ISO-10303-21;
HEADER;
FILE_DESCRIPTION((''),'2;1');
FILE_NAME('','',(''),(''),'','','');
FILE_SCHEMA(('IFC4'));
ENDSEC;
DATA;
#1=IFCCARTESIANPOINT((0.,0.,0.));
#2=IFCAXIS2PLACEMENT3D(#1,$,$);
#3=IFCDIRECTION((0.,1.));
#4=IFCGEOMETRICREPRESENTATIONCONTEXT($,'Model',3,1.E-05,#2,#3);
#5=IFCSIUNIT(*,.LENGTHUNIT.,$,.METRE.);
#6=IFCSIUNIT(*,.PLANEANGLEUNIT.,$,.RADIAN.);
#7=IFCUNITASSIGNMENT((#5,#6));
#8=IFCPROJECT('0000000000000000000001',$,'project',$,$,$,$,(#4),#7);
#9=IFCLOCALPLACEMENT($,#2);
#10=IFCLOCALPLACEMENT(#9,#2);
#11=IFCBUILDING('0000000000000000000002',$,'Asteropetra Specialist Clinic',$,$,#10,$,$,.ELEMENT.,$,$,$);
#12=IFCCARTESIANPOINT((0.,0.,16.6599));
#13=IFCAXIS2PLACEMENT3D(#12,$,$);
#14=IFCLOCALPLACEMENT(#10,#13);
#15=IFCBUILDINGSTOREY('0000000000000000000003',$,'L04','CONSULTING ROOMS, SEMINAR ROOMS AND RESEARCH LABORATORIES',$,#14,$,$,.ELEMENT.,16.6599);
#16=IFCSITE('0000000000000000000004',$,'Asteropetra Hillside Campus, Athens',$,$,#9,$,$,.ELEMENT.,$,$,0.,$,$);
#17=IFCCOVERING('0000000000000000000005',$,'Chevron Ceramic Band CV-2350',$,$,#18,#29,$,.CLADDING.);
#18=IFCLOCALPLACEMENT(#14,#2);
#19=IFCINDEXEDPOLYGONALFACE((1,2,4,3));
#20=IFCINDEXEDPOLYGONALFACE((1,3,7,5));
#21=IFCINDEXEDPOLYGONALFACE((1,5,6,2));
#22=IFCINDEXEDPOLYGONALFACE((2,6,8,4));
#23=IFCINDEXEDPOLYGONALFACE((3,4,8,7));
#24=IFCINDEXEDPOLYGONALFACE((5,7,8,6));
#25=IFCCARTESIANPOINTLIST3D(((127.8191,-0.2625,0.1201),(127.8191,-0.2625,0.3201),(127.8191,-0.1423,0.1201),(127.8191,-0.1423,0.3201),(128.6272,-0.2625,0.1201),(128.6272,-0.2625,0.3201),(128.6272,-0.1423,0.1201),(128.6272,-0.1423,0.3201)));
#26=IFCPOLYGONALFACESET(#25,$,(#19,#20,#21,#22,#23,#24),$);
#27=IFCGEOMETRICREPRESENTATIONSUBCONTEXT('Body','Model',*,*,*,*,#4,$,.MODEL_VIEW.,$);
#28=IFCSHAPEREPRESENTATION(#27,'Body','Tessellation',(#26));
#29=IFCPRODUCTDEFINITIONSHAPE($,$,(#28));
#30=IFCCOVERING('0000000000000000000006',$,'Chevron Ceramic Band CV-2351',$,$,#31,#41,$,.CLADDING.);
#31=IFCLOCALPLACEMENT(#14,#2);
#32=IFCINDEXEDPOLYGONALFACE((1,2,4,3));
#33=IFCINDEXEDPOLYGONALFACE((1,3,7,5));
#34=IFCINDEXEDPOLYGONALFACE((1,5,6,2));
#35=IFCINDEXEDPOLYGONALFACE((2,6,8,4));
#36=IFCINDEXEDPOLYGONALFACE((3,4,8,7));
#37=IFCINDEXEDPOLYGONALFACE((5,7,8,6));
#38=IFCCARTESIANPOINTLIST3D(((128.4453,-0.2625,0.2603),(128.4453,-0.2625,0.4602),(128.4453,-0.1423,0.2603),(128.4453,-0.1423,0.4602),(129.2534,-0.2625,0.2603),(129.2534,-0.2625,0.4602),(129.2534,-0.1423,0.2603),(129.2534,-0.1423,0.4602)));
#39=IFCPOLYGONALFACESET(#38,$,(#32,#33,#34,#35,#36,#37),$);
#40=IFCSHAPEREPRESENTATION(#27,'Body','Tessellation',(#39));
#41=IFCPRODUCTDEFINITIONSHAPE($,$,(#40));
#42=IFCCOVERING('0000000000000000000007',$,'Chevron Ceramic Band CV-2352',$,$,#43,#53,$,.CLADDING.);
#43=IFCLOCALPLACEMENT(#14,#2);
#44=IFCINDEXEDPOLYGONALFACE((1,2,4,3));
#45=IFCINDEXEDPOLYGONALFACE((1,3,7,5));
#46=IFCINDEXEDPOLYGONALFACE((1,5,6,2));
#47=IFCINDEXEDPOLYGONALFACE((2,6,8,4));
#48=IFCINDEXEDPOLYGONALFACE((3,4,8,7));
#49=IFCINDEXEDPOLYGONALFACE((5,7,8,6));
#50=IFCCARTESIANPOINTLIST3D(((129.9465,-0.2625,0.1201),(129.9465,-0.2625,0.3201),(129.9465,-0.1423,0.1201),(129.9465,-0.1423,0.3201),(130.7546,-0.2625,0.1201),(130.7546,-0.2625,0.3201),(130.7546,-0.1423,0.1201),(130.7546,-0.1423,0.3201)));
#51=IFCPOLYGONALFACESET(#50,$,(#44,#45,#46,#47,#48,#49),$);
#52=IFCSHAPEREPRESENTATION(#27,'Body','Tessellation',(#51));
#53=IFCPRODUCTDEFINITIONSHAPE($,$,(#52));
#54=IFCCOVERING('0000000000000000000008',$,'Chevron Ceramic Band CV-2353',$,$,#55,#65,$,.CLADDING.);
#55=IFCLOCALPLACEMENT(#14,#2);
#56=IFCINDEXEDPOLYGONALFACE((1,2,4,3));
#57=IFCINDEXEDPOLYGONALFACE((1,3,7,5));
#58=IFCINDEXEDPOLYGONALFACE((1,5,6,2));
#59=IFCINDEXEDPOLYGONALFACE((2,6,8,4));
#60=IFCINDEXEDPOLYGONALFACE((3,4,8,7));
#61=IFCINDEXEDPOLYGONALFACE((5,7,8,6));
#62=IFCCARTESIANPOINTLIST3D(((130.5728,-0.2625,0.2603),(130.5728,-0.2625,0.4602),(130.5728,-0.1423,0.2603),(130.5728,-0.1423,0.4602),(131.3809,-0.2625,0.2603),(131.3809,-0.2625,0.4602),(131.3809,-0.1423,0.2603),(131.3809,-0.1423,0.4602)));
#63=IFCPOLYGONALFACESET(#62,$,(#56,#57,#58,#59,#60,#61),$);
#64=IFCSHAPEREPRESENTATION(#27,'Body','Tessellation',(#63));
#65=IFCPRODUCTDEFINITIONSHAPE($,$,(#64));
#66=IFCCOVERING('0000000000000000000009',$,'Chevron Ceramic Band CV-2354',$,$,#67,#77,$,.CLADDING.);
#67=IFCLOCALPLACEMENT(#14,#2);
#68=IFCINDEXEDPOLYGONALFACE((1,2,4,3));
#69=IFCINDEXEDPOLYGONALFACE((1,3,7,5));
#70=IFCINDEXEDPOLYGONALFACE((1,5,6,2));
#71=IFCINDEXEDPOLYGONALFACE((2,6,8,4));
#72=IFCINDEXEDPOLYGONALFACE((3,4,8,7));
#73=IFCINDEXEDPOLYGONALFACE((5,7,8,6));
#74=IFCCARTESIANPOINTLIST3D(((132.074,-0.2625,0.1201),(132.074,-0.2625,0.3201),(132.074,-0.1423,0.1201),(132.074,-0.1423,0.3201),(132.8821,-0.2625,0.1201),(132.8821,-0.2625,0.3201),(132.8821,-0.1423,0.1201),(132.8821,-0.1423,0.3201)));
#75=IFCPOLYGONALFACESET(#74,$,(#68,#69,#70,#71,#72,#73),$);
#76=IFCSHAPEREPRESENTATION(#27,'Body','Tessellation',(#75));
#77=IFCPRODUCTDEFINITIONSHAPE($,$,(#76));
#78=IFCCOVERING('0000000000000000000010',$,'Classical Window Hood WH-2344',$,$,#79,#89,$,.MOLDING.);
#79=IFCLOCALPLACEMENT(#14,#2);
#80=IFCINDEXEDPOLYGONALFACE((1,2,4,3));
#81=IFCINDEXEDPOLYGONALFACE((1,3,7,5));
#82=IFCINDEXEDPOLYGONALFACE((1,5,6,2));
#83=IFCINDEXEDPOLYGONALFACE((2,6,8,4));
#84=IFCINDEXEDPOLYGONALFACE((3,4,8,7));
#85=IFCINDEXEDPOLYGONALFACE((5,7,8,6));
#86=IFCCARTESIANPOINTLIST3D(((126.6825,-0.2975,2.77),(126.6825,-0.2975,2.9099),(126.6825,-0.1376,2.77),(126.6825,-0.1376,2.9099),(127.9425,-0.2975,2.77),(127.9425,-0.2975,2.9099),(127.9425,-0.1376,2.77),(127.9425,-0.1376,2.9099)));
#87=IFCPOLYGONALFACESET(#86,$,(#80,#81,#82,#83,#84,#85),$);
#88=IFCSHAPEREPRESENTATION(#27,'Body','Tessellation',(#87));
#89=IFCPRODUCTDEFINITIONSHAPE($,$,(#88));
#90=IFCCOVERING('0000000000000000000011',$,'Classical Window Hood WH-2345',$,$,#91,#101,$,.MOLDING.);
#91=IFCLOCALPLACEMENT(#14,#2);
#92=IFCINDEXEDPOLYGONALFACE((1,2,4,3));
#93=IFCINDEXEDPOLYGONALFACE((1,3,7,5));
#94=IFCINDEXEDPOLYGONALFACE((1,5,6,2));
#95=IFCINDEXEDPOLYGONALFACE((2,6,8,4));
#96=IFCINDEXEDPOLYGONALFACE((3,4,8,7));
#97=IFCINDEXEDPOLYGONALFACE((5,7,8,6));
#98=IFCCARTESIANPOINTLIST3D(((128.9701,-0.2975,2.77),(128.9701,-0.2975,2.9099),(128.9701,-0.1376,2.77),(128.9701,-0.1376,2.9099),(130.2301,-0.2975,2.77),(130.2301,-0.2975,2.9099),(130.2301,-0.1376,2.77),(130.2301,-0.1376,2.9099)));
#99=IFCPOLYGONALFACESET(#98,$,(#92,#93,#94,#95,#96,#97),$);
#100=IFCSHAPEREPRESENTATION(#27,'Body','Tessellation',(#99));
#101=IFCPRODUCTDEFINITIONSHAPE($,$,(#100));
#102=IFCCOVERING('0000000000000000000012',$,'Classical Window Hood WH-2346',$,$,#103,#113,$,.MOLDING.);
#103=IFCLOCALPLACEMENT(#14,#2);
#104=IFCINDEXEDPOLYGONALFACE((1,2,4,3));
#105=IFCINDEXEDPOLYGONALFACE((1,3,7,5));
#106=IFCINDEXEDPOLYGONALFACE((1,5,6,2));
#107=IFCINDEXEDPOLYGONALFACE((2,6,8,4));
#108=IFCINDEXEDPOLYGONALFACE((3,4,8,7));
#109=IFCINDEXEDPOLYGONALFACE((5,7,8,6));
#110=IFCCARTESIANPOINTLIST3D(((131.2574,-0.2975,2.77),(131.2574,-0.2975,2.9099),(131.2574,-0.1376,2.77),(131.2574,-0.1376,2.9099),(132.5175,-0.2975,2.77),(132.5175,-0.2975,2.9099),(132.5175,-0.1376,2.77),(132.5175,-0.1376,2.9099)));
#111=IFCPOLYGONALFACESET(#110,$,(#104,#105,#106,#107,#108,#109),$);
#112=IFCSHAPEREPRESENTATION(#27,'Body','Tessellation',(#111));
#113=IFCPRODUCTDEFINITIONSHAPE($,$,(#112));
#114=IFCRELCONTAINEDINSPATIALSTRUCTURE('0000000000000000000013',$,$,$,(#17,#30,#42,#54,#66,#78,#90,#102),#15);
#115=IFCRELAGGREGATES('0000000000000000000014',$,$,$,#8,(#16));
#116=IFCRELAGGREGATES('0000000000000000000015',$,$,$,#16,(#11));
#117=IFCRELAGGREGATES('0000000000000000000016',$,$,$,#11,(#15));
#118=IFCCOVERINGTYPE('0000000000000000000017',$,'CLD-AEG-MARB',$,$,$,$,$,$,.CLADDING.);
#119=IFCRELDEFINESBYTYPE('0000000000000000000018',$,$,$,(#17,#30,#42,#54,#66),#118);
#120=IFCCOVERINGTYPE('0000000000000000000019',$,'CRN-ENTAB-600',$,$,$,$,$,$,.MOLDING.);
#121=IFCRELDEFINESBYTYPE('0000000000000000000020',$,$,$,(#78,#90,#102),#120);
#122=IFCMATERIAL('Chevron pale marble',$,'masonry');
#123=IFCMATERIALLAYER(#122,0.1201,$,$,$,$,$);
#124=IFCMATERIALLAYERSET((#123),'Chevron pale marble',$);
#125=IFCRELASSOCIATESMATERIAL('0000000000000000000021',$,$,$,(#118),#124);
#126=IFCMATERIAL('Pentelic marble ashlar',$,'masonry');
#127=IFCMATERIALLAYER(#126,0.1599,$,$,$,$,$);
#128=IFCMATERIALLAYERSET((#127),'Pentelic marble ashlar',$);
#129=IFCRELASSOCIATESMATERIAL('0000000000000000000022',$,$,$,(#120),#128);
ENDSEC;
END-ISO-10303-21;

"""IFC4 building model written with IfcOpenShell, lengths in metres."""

from ifc_helpers import new_model, si_unit, direction, frame, origin, origin_2d, place, context, subcontext, project, spatial, rectangle, extrude, material, layer, layer_set, type_object, element, save


model = new_model("IFC4")

# Units and contexts
model_context = context("Model", 3, precision=1e-05, world=origin(), true_north=direction((0.0, 1.0)))
body_context = subcontext(model_context, "Body", "Model", "MODEL_VIEW")
ifc_project = project(units=[si_unit("LENGTHUNIT", "METRE"), si_unit("PLANEANGLEUNIT", "RADIAN")], contexts=[model_context])

# Site, building, storey
site_placement = place(None, origin())
site = spatial("IfcSite", under=ifc_project, at=site_placement, Name="Asteropetra Hillside Campus, Athens", CompositionType="ELEMENT", RefElevation=0.0)
building_placement = place(site_placement, origin())
building = spatial("IfcBuilding", under=site, at=building_placement, Name="Asteropetra Specialist Clinic", CompositionType="ELEMENT")
storey_placement = place(building_placement, frame((0.0, 0.0, 16.6599)))
storey = spatial("IfcBuildingStorey", under=building, at=storey_placement, Name="L04", Description="CONSULTING ROOMS, SEMINAR ROOMS AND RESEARCH LABORATORIES", CompositionType="ELEMENT", Elevation=16.6599)

# Coverings
ifc_material_1 = material(Name="Chevron pale marble", Category="masonry")
ifc_layer_1 = layer(ifc_material_1, 0.1201)
ifc_layer_set_1 = layer_set([ifc_layer_1], Name="Chevron pale marble")
covering_type_1 = type_object("IfcCoveringType", Name="CLD-AEG-MARB", PredefinedType="CLADDING", material=ifc_layer_set_1)
for number, where, z_axis, x_axis, name in (
    (1, (128.2231, -0.2024, 0.1201), (0.0, 0.0, 1.0), (1.0, 0.0, 0.0), "Chevron Ceramic Band CV-2350"),
    (2, (128.8494, -0.2024, 0.2603), (0.0, 0.0, 1.0), (1.0, 0.0, 0.0), "Chevron Ceramic Band CV-2351"),
    (3, (130.3506, -0.2024, 0.1201), (0.0, 0.0, 1.0), (1.0, 0.0, 0.0), "Chevron Ceramic Band CV-2352"),
    (4, (130.9768, -0.2024, 0.2603), (0.0, 0.0, 1.0), (1.0, 0.0, 0.0), "Chevron Ceramic Band CV-2353"),
    (5, (132.478, -0.2024, 0.1201), (0.0, 0.0, 1.0), (1.0, 0.0, 0.0), "Chevron Ceramic Band CV-2354"),
):
    element("IfcCovering", number, at=place(storey_placement, frame(where, z_axis=z_axis, x_axis=x_axis)), inside=storey, type_object=covering_type_1, Name=name, PredefinedType="CLADDING", context=body_context, shape_type="SweptSolid", body=[
        extrude(rectangle(XDim=0.8081, YDim=0.1201, at=origin_2d()), origin(), (0.0, 0.0, 1.0), 0.2),
    ])
ifc_material_2 = material(Name="Pentelic marble ashlar", Category="masonry")
ifc_layer_2 = layer(ifc_material_2, 0.1599)
ifc_layer_set_2 = layer_set([ifc_layer_2], Name="Pentelic marble ashlar")
covering_type_2 = type_object("IfcCoveringType", Name="CRN-ENTAB-600", PredefinedType="MOLDING", material=ifc_layer_set_2)
for number, where, z_axis, x_axis, name in (
    (6, (127.3125, -0.2175, 2.77), (0.0, 0.0, 1.0), (1.0, 0.0, 0.0), "Classical Window Hood WH-2344"),
    (7, (129.6001, -0.2175, 2.77), (0.0, 0.0, 1.0), (1.0, 0.0, 0.0), "Classical Window Hood WH-2345"),
    (8, (131.8875, -0.2175, 2.77), (0.0, 0.0, 1.0), (1.0, 0.0, 0.0), "Classical Window Hood WH-2346"),
):
    element("IfcCovering", number, at=place(storey_placement, frame(where, z_axis=z_axis, x_axis=x_axis)), inside=storey, type_object=covering_type_2, Name=name, PredefinedType="MOLDING", context=body_context, shape_type="SweptSolid", body=[
        extrude(rectangle(XDim=1.26, YDim=0.1599, at=origin_2d()), origin(), (0.0, 0.0, 1.0), 0.1399),
    ])

save(model, "model.ifc")
